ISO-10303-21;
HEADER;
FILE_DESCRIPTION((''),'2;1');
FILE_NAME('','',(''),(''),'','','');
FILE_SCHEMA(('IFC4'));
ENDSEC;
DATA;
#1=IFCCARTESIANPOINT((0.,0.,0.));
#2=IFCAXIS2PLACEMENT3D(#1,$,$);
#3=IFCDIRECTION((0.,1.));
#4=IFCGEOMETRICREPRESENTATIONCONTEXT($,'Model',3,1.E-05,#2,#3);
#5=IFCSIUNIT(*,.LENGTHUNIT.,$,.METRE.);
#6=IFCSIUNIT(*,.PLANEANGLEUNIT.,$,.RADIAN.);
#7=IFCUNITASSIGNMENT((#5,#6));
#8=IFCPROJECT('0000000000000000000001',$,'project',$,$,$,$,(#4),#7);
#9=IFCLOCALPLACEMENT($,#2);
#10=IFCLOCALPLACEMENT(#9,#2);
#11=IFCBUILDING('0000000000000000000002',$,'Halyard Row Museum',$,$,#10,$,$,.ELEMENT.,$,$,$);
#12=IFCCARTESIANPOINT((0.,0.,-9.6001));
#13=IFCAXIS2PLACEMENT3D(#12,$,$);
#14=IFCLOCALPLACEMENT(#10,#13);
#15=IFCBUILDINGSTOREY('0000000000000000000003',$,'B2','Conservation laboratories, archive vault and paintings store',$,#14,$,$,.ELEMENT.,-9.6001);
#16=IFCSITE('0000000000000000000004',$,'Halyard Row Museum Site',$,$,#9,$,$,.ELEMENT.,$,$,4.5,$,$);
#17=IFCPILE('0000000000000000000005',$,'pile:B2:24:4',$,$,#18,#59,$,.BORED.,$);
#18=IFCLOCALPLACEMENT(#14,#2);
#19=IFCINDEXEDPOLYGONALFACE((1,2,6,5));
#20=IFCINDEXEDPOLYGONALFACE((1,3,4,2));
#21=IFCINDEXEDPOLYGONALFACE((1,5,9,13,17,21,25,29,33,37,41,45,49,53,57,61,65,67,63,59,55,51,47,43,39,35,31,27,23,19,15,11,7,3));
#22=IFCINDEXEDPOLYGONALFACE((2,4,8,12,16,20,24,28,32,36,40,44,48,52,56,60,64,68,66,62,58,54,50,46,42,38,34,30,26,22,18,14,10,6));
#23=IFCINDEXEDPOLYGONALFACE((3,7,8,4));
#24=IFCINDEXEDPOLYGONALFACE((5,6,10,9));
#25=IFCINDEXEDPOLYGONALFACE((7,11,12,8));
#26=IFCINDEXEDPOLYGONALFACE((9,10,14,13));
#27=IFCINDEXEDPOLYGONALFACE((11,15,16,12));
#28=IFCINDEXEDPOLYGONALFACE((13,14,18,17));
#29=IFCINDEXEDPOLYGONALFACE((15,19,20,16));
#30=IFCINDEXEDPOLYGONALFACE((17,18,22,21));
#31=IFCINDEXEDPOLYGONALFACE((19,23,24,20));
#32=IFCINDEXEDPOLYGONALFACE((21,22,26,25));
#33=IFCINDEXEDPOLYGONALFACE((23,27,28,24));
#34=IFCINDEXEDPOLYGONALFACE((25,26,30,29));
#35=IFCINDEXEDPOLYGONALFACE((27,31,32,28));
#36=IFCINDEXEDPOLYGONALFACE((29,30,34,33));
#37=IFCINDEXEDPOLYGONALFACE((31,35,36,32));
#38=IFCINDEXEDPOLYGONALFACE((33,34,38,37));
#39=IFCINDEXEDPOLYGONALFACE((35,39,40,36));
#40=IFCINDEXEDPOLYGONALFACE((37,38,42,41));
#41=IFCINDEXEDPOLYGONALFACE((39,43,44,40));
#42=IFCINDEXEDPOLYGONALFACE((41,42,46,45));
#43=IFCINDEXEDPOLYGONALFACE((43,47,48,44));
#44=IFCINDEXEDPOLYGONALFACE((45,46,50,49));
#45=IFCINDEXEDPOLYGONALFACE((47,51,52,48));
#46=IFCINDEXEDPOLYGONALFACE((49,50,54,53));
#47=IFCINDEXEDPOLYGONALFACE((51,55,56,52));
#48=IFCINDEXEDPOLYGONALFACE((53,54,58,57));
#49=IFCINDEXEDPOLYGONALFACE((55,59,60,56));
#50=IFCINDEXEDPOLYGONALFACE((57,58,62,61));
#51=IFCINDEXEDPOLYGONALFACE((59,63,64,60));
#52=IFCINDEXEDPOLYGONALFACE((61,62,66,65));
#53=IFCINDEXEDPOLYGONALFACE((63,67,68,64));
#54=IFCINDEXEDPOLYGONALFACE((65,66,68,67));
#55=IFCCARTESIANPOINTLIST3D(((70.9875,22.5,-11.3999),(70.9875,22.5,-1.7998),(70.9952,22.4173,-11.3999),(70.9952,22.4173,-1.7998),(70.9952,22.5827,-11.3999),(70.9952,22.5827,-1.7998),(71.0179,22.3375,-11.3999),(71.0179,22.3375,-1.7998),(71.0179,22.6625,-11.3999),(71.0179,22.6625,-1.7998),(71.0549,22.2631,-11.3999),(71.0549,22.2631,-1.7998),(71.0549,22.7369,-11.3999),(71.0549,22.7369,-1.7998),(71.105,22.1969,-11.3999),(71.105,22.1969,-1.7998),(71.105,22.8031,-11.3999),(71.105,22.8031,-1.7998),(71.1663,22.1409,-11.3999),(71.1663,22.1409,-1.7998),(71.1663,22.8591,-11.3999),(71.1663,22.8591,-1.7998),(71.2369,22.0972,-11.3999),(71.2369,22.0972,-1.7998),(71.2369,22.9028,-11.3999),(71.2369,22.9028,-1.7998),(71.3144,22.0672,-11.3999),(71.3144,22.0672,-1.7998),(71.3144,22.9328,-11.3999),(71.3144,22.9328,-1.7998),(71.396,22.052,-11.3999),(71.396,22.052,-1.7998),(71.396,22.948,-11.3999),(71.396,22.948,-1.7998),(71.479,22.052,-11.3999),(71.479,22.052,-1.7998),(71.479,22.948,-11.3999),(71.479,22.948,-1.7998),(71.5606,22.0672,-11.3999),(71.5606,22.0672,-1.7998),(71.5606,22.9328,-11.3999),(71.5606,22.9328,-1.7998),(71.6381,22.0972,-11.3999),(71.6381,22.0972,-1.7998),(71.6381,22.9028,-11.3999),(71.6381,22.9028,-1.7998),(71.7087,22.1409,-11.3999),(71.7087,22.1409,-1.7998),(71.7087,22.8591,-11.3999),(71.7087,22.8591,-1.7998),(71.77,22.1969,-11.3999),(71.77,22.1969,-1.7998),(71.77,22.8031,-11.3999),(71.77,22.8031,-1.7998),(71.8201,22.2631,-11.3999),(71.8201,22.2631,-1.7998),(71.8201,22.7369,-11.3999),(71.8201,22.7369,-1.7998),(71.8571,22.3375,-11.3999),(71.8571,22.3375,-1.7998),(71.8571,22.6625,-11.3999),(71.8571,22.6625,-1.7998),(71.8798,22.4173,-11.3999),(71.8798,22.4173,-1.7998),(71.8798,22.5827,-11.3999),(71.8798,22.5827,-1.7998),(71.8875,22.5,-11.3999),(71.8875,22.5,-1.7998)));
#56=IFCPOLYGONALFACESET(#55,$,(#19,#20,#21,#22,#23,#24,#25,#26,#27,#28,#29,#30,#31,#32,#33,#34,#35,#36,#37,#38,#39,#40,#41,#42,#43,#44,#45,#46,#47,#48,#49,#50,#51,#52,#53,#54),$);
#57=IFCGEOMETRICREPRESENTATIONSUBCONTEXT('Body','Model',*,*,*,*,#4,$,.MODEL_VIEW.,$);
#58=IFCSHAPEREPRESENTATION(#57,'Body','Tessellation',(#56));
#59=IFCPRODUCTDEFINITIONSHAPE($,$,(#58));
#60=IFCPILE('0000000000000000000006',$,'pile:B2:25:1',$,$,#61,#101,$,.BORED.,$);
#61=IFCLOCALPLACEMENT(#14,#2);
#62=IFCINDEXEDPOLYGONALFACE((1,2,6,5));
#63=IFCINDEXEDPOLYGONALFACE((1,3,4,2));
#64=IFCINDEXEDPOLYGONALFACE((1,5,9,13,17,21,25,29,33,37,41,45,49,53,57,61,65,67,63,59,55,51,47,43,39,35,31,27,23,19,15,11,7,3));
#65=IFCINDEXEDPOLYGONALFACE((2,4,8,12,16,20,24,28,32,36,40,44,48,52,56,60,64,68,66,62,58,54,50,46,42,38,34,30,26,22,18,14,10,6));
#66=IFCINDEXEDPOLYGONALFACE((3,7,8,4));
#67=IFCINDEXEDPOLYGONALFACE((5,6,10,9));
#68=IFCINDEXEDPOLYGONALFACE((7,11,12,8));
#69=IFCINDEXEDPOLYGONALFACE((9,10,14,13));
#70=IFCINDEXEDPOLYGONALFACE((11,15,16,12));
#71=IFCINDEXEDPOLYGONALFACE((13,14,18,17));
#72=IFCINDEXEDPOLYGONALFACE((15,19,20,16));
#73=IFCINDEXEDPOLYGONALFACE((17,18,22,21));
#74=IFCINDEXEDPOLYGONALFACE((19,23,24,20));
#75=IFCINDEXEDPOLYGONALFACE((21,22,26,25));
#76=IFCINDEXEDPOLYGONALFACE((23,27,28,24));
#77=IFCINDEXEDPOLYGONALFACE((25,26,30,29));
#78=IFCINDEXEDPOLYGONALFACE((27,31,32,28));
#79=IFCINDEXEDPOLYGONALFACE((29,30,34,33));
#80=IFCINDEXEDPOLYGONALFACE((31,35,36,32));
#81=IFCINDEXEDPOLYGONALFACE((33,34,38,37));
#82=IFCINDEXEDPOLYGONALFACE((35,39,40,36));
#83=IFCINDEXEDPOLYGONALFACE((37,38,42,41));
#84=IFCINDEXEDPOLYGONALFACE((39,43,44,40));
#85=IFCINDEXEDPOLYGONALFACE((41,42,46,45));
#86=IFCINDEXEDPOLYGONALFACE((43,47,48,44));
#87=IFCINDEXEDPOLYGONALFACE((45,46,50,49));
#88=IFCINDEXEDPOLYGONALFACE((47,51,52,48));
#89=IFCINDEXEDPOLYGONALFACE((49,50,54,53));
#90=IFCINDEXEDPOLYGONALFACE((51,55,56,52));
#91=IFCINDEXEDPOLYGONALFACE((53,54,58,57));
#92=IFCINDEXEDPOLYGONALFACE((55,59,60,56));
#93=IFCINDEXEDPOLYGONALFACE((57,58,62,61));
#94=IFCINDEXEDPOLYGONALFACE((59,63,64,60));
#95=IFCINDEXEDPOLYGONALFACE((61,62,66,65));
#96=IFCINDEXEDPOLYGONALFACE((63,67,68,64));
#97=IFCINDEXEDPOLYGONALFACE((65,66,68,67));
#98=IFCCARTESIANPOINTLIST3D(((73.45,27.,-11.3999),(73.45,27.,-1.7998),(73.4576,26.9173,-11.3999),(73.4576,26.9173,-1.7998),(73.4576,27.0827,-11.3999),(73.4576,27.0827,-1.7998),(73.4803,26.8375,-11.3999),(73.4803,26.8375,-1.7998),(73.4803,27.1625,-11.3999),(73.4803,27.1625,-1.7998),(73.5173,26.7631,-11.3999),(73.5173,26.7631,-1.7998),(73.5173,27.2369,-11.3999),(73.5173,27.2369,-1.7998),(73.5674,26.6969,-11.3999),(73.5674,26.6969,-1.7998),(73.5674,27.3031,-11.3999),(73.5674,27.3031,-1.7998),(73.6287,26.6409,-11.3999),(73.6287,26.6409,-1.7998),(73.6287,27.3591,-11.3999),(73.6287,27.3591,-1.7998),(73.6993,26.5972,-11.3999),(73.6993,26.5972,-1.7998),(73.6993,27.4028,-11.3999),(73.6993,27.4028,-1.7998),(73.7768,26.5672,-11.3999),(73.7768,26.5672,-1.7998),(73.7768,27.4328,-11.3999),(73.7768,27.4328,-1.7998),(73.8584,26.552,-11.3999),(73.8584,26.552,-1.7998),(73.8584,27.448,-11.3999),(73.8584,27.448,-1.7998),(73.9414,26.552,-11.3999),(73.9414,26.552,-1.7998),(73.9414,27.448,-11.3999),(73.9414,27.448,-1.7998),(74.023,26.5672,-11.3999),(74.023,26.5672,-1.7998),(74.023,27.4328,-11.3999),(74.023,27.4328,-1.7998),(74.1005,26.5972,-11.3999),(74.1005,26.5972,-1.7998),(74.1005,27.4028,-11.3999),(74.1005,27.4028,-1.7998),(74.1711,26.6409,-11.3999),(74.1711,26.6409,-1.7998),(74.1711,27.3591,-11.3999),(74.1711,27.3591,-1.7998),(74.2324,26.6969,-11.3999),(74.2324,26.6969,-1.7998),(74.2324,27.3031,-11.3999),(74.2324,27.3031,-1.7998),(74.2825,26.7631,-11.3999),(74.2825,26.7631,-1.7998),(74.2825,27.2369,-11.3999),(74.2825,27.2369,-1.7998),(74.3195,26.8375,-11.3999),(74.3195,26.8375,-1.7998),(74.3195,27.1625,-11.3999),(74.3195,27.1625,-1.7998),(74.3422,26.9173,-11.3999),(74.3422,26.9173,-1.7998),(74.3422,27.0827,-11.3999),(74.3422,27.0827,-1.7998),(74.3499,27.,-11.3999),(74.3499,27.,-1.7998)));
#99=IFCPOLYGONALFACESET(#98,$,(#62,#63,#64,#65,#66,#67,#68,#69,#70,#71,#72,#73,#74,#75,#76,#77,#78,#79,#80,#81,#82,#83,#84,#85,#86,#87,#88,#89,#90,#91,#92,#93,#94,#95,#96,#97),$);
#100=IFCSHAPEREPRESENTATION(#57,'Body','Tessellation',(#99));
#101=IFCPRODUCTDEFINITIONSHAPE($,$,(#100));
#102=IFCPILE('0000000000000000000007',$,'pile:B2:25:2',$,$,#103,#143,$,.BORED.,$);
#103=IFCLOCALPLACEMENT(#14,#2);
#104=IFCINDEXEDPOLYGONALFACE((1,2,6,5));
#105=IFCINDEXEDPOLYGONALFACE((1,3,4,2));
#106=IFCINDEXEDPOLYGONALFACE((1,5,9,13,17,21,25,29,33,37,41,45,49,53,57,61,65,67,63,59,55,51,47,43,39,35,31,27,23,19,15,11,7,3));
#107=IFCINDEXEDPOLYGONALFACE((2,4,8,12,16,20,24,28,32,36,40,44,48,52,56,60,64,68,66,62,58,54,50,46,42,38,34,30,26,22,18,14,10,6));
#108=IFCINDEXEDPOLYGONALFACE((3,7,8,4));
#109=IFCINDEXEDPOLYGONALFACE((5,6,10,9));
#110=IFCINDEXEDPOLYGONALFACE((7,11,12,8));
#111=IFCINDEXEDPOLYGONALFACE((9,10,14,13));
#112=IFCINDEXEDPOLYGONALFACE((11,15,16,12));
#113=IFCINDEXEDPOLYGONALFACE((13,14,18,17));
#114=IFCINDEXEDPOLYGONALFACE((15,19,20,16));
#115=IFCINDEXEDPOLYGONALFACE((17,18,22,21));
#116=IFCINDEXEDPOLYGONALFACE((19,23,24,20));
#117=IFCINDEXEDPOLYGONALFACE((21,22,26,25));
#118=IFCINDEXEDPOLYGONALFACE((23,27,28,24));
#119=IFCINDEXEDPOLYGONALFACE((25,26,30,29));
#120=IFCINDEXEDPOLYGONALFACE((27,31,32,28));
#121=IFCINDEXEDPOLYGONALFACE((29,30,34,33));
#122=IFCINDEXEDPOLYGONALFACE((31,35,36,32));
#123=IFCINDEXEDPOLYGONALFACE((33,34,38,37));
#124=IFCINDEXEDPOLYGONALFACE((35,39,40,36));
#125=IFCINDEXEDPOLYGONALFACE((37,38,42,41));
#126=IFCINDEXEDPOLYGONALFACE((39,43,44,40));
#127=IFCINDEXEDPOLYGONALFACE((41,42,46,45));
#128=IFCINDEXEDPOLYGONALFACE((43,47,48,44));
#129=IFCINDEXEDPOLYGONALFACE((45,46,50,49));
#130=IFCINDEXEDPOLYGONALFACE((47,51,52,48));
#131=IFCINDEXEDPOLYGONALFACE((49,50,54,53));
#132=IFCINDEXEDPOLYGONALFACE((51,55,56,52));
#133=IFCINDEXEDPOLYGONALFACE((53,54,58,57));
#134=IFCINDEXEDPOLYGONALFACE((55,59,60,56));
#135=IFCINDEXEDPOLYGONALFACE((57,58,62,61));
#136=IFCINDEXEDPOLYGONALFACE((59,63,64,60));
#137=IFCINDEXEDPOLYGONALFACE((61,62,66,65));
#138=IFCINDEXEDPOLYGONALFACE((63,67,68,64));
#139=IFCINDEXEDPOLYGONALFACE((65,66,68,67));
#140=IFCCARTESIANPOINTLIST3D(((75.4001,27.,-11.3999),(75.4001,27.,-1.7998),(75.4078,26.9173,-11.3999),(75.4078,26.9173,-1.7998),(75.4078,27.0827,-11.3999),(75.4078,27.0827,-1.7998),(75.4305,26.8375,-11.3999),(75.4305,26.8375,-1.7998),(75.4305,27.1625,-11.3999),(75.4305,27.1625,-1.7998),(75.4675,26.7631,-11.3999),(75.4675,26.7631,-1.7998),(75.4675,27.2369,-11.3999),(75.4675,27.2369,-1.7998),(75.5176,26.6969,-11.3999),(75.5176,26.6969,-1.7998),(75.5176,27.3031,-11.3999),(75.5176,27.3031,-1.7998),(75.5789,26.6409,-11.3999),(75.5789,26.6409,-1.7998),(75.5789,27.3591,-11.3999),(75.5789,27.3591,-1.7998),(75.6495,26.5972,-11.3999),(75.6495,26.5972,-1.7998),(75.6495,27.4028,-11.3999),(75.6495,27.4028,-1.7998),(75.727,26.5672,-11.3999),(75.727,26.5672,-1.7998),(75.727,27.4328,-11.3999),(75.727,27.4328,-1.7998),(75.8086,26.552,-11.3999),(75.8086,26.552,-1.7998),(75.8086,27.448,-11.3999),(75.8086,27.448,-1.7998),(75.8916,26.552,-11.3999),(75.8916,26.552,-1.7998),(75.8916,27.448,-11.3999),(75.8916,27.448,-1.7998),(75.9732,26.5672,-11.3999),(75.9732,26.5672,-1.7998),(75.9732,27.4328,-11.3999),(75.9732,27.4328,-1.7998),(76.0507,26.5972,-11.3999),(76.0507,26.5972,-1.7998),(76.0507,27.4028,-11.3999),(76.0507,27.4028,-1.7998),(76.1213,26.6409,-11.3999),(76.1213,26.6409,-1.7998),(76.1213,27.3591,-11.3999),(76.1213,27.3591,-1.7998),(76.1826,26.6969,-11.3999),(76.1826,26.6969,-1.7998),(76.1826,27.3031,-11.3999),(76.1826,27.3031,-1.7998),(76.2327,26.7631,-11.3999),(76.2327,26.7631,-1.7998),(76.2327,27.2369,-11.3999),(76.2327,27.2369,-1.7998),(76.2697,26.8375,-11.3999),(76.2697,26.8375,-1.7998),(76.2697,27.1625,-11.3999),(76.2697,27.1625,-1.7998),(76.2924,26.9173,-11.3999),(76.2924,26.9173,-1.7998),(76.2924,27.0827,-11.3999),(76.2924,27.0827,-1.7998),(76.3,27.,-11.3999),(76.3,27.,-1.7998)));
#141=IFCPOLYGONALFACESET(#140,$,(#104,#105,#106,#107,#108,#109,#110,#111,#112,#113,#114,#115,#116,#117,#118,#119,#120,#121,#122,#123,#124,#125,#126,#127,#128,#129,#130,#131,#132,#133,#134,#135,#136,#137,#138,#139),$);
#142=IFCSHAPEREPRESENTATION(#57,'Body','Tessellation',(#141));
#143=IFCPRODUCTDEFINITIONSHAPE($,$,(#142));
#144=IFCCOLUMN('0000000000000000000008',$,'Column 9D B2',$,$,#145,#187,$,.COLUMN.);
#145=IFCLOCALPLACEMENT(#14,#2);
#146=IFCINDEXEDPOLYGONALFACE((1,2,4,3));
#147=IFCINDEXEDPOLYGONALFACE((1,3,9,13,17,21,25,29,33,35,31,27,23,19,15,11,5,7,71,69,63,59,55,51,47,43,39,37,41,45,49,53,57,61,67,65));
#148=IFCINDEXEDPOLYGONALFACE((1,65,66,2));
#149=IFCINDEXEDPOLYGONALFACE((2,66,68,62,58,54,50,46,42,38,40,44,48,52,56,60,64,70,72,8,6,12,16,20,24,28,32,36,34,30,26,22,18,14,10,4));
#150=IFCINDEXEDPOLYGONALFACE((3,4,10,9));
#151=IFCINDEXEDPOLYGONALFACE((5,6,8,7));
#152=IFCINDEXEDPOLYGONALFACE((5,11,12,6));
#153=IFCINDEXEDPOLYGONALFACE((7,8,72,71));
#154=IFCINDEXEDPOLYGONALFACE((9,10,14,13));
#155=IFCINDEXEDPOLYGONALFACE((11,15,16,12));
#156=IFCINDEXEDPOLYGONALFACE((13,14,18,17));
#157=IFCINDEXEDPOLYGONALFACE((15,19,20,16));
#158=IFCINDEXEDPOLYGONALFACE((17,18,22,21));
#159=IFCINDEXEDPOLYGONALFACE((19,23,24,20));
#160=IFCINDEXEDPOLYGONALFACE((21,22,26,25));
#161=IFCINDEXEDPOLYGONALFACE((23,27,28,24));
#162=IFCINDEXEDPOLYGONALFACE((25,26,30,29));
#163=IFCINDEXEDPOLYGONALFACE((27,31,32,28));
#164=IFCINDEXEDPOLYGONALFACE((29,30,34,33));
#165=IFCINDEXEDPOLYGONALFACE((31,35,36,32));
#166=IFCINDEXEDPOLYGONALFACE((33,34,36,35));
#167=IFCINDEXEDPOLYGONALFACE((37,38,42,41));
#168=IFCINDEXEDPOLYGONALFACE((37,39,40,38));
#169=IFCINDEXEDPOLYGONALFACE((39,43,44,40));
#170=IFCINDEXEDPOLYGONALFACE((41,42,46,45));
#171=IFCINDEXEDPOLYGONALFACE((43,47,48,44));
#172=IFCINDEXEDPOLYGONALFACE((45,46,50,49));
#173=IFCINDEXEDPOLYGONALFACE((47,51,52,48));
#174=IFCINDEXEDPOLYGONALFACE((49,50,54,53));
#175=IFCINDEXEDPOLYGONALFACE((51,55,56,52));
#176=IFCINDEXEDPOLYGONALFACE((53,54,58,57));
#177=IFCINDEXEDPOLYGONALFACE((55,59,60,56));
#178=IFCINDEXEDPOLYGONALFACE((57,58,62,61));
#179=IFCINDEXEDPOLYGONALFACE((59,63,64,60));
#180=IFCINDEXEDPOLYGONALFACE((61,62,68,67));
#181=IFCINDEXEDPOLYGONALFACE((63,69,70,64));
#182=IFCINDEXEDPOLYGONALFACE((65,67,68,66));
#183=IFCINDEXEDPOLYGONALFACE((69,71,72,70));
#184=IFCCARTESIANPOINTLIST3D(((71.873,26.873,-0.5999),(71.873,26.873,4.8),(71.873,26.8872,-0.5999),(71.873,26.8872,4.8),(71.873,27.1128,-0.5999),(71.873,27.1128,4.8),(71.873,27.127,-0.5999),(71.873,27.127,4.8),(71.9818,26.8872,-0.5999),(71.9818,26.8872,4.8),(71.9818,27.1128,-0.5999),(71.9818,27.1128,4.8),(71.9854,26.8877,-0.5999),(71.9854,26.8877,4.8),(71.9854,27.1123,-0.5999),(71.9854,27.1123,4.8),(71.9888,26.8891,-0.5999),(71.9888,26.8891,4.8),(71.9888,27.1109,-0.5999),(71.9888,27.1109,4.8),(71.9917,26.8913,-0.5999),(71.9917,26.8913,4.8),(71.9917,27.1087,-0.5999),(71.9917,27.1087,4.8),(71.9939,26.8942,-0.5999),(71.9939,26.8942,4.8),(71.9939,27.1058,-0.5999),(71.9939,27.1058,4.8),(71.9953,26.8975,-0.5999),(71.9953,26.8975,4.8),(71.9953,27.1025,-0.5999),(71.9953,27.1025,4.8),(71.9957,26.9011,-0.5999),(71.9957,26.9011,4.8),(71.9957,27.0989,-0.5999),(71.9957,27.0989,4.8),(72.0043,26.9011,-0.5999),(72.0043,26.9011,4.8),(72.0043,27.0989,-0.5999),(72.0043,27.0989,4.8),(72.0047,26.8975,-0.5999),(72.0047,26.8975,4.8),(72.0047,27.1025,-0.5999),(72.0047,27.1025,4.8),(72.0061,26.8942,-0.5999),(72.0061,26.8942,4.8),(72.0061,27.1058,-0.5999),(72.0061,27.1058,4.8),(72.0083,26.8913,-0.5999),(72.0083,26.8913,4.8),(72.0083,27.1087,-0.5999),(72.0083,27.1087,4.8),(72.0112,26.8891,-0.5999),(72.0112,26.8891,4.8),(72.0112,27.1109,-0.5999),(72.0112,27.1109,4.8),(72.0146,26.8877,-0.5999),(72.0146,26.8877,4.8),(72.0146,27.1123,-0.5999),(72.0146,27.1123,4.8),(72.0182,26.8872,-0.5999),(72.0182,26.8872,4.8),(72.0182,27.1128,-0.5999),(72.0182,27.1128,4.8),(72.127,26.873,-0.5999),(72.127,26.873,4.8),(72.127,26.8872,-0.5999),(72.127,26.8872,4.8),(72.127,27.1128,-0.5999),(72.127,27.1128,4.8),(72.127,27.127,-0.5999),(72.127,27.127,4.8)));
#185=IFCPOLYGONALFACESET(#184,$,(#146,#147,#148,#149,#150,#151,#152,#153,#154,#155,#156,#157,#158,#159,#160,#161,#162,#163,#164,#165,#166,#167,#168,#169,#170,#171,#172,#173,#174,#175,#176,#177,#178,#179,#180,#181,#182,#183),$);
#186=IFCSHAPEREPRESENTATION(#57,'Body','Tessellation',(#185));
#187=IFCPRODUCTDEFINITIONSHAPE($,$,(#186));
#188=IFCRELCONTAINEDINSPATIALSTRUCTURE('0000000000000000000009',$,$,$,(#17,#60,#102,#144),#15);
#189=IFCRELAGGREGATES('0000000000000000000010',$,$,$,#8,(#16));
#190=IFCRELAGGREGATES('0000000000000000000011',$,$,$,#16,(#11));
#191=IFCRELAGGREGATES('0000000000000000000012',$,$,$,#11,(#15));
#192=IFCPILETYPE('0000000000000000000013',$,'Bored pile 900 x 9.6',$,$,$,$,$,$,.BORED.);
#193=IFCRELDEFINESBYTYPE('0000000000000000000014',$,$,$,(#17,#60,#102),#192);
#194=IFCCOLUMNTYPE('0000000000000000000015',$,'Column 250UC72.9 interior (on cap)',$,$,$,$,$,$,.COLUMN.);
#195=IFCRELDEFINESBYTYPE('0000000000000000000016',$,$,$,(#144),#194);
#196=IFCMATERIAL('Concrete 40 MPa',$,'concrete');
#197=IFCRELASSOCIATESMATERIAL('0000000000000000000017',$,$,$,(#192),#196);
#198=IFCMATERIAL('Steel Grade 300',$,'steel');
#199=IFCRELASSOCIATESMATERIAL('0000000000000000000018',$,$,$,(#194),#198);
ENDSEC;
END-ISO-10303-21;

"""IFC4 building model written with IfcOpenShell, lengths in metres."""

from ifc_helpers import new_model, si_unit, direction, frame, origin, origin_2d, place, context, subcontext, project, spatial, circle, i_section, extrude, material, material_profile, profile_set, type_object, element, save


model = new_model("IFC4")

# Units and contexts
model_context = context("Model", 3, precision=1e-05, world=origin(), true_north=direction((0.0, 1.0)))
body_context = subcontext(model_context, "Body", "Model", "MODEL_VIEW")
ifc_project = project(units=[si_unit("LENGTHUNIT", "METRE"), si_unit("PLANEANGLEUNIT", "RADIAN")], contexts=[model_context])

# Site, building, storey
site_placement = place(None, origin())
site = spatial("IfcSite", under=ifc_project, at=site_placement, Name="Halyard Row Museum Site", CompositionType="ELEMENT", RefElevation=4.5)
building_placement = place(site_placement, origin())
building = spatial("IfcBuilding", under=site, at=building_placement, Name="Halyard Row Museum", CompositionType="ELEMENT")
storey_placement = place(building_placement, frame((0.0, 0.0, -9.6001)))
storey = spatial("IfcBuildingStorey", under=building, at=storey_placement, Name="B2", Description="Conservation laboratories, archive vault and paintings store", CompositionType="ELEMENT", Elevation=-9.6001)

# Piles
ifc_material_1 = material(Name="Concrete 40 MPa", Category="concrete")
ifc_material_profile_1 = material_profile(ifc_material_1, circle(Radius=0.45, at=origin_2d()), Name="Bored pile 900 x 9.6")
ifc_profile_set_1 = profile_set([ifc_material_profile_1], Name="Concrete 40 MPa")
pile_type_1 = type_object("IfcPileType", Name="Bored pile 900 x 9.6", PredefinedType="BORED", material=ifc_profile_set_1)
for number, where, z_axis, x_axis, name in (
    (1, (71.4375, 22.5, -1.7998), (0.0, 0.0, -1.0), (1.0, 0.0, 0.0), "pile:B2:24:4"),
    (2, (73.8999, 27.0, -1.7998), (0.0, 0.0, -1.0), (1.0, 0.0, 0.0), "pile:B2:25:1"),
    (3, (75.8501, 27.0, -1.7998), (0.0, 0.0, -1.0), (1.0, 0.0, 0.0), "pile:B2:25:2"),
):
    element("IfcPile", number, at=place(storey_placement, frame(where, z_axis=z_axis, x_axis=x_axis)), inside=storey, type_object=pile_type_1, Name=name, PredefinedType="BORED", context=body_context, shape_type="SweptSolid", body=[
        extrude(circle(Radius=0.45, at=origin_2d()), origin(), (0.0, 0.0, 1.0), 9.6001),
    ])

# Column
ifc_material_2 = material(Name="Steel Grade 300", Category="steel")
ifc_material_profile_2 = material_profile(ifc_material_2, i_section(OverallWidth=0.2539, OverallDepth=0.2539, WebThickness=0.0085, FlangeThickness=0.0142, FilletRadius=0.0139, at=origin_2d()), Name="250UC72.9")
ifc_profile_set_2 = profile_set([ifc_material_profile_2], Name="Steel Grade 300")
column_type_1 = type_object("IfcColumnType", Name="Column 250UC72.9 interior (on cap)", PredefinedType="COLUMN", material=ifc_profile_set_2)
column_1_placement = place(storey_placement, frame((72.0, 27.0, -0.5999), z_axis=(0.0, 0.0, 1.0), x_axis=(1.0, 0.0, 0.0)))
element("IfcColumn", 4, at=column_1_placement, inside=storey, type_object=column_type_1, Name="Column 9D B2", PredefinedType="COLUMN", context=body_context, shape_type="SweptSolid", body=[
    extrude(i_section(OverallWidth=0.2539, OverallDepth=0.2539, WebThickness=0.0085, FlangeThickness=0.0142, FilletRadius=0.0139, at=origin_2d()), origin(), (0.0, 0.0, 1.0), 5.3999),
])

save(model, "model.ifc")
